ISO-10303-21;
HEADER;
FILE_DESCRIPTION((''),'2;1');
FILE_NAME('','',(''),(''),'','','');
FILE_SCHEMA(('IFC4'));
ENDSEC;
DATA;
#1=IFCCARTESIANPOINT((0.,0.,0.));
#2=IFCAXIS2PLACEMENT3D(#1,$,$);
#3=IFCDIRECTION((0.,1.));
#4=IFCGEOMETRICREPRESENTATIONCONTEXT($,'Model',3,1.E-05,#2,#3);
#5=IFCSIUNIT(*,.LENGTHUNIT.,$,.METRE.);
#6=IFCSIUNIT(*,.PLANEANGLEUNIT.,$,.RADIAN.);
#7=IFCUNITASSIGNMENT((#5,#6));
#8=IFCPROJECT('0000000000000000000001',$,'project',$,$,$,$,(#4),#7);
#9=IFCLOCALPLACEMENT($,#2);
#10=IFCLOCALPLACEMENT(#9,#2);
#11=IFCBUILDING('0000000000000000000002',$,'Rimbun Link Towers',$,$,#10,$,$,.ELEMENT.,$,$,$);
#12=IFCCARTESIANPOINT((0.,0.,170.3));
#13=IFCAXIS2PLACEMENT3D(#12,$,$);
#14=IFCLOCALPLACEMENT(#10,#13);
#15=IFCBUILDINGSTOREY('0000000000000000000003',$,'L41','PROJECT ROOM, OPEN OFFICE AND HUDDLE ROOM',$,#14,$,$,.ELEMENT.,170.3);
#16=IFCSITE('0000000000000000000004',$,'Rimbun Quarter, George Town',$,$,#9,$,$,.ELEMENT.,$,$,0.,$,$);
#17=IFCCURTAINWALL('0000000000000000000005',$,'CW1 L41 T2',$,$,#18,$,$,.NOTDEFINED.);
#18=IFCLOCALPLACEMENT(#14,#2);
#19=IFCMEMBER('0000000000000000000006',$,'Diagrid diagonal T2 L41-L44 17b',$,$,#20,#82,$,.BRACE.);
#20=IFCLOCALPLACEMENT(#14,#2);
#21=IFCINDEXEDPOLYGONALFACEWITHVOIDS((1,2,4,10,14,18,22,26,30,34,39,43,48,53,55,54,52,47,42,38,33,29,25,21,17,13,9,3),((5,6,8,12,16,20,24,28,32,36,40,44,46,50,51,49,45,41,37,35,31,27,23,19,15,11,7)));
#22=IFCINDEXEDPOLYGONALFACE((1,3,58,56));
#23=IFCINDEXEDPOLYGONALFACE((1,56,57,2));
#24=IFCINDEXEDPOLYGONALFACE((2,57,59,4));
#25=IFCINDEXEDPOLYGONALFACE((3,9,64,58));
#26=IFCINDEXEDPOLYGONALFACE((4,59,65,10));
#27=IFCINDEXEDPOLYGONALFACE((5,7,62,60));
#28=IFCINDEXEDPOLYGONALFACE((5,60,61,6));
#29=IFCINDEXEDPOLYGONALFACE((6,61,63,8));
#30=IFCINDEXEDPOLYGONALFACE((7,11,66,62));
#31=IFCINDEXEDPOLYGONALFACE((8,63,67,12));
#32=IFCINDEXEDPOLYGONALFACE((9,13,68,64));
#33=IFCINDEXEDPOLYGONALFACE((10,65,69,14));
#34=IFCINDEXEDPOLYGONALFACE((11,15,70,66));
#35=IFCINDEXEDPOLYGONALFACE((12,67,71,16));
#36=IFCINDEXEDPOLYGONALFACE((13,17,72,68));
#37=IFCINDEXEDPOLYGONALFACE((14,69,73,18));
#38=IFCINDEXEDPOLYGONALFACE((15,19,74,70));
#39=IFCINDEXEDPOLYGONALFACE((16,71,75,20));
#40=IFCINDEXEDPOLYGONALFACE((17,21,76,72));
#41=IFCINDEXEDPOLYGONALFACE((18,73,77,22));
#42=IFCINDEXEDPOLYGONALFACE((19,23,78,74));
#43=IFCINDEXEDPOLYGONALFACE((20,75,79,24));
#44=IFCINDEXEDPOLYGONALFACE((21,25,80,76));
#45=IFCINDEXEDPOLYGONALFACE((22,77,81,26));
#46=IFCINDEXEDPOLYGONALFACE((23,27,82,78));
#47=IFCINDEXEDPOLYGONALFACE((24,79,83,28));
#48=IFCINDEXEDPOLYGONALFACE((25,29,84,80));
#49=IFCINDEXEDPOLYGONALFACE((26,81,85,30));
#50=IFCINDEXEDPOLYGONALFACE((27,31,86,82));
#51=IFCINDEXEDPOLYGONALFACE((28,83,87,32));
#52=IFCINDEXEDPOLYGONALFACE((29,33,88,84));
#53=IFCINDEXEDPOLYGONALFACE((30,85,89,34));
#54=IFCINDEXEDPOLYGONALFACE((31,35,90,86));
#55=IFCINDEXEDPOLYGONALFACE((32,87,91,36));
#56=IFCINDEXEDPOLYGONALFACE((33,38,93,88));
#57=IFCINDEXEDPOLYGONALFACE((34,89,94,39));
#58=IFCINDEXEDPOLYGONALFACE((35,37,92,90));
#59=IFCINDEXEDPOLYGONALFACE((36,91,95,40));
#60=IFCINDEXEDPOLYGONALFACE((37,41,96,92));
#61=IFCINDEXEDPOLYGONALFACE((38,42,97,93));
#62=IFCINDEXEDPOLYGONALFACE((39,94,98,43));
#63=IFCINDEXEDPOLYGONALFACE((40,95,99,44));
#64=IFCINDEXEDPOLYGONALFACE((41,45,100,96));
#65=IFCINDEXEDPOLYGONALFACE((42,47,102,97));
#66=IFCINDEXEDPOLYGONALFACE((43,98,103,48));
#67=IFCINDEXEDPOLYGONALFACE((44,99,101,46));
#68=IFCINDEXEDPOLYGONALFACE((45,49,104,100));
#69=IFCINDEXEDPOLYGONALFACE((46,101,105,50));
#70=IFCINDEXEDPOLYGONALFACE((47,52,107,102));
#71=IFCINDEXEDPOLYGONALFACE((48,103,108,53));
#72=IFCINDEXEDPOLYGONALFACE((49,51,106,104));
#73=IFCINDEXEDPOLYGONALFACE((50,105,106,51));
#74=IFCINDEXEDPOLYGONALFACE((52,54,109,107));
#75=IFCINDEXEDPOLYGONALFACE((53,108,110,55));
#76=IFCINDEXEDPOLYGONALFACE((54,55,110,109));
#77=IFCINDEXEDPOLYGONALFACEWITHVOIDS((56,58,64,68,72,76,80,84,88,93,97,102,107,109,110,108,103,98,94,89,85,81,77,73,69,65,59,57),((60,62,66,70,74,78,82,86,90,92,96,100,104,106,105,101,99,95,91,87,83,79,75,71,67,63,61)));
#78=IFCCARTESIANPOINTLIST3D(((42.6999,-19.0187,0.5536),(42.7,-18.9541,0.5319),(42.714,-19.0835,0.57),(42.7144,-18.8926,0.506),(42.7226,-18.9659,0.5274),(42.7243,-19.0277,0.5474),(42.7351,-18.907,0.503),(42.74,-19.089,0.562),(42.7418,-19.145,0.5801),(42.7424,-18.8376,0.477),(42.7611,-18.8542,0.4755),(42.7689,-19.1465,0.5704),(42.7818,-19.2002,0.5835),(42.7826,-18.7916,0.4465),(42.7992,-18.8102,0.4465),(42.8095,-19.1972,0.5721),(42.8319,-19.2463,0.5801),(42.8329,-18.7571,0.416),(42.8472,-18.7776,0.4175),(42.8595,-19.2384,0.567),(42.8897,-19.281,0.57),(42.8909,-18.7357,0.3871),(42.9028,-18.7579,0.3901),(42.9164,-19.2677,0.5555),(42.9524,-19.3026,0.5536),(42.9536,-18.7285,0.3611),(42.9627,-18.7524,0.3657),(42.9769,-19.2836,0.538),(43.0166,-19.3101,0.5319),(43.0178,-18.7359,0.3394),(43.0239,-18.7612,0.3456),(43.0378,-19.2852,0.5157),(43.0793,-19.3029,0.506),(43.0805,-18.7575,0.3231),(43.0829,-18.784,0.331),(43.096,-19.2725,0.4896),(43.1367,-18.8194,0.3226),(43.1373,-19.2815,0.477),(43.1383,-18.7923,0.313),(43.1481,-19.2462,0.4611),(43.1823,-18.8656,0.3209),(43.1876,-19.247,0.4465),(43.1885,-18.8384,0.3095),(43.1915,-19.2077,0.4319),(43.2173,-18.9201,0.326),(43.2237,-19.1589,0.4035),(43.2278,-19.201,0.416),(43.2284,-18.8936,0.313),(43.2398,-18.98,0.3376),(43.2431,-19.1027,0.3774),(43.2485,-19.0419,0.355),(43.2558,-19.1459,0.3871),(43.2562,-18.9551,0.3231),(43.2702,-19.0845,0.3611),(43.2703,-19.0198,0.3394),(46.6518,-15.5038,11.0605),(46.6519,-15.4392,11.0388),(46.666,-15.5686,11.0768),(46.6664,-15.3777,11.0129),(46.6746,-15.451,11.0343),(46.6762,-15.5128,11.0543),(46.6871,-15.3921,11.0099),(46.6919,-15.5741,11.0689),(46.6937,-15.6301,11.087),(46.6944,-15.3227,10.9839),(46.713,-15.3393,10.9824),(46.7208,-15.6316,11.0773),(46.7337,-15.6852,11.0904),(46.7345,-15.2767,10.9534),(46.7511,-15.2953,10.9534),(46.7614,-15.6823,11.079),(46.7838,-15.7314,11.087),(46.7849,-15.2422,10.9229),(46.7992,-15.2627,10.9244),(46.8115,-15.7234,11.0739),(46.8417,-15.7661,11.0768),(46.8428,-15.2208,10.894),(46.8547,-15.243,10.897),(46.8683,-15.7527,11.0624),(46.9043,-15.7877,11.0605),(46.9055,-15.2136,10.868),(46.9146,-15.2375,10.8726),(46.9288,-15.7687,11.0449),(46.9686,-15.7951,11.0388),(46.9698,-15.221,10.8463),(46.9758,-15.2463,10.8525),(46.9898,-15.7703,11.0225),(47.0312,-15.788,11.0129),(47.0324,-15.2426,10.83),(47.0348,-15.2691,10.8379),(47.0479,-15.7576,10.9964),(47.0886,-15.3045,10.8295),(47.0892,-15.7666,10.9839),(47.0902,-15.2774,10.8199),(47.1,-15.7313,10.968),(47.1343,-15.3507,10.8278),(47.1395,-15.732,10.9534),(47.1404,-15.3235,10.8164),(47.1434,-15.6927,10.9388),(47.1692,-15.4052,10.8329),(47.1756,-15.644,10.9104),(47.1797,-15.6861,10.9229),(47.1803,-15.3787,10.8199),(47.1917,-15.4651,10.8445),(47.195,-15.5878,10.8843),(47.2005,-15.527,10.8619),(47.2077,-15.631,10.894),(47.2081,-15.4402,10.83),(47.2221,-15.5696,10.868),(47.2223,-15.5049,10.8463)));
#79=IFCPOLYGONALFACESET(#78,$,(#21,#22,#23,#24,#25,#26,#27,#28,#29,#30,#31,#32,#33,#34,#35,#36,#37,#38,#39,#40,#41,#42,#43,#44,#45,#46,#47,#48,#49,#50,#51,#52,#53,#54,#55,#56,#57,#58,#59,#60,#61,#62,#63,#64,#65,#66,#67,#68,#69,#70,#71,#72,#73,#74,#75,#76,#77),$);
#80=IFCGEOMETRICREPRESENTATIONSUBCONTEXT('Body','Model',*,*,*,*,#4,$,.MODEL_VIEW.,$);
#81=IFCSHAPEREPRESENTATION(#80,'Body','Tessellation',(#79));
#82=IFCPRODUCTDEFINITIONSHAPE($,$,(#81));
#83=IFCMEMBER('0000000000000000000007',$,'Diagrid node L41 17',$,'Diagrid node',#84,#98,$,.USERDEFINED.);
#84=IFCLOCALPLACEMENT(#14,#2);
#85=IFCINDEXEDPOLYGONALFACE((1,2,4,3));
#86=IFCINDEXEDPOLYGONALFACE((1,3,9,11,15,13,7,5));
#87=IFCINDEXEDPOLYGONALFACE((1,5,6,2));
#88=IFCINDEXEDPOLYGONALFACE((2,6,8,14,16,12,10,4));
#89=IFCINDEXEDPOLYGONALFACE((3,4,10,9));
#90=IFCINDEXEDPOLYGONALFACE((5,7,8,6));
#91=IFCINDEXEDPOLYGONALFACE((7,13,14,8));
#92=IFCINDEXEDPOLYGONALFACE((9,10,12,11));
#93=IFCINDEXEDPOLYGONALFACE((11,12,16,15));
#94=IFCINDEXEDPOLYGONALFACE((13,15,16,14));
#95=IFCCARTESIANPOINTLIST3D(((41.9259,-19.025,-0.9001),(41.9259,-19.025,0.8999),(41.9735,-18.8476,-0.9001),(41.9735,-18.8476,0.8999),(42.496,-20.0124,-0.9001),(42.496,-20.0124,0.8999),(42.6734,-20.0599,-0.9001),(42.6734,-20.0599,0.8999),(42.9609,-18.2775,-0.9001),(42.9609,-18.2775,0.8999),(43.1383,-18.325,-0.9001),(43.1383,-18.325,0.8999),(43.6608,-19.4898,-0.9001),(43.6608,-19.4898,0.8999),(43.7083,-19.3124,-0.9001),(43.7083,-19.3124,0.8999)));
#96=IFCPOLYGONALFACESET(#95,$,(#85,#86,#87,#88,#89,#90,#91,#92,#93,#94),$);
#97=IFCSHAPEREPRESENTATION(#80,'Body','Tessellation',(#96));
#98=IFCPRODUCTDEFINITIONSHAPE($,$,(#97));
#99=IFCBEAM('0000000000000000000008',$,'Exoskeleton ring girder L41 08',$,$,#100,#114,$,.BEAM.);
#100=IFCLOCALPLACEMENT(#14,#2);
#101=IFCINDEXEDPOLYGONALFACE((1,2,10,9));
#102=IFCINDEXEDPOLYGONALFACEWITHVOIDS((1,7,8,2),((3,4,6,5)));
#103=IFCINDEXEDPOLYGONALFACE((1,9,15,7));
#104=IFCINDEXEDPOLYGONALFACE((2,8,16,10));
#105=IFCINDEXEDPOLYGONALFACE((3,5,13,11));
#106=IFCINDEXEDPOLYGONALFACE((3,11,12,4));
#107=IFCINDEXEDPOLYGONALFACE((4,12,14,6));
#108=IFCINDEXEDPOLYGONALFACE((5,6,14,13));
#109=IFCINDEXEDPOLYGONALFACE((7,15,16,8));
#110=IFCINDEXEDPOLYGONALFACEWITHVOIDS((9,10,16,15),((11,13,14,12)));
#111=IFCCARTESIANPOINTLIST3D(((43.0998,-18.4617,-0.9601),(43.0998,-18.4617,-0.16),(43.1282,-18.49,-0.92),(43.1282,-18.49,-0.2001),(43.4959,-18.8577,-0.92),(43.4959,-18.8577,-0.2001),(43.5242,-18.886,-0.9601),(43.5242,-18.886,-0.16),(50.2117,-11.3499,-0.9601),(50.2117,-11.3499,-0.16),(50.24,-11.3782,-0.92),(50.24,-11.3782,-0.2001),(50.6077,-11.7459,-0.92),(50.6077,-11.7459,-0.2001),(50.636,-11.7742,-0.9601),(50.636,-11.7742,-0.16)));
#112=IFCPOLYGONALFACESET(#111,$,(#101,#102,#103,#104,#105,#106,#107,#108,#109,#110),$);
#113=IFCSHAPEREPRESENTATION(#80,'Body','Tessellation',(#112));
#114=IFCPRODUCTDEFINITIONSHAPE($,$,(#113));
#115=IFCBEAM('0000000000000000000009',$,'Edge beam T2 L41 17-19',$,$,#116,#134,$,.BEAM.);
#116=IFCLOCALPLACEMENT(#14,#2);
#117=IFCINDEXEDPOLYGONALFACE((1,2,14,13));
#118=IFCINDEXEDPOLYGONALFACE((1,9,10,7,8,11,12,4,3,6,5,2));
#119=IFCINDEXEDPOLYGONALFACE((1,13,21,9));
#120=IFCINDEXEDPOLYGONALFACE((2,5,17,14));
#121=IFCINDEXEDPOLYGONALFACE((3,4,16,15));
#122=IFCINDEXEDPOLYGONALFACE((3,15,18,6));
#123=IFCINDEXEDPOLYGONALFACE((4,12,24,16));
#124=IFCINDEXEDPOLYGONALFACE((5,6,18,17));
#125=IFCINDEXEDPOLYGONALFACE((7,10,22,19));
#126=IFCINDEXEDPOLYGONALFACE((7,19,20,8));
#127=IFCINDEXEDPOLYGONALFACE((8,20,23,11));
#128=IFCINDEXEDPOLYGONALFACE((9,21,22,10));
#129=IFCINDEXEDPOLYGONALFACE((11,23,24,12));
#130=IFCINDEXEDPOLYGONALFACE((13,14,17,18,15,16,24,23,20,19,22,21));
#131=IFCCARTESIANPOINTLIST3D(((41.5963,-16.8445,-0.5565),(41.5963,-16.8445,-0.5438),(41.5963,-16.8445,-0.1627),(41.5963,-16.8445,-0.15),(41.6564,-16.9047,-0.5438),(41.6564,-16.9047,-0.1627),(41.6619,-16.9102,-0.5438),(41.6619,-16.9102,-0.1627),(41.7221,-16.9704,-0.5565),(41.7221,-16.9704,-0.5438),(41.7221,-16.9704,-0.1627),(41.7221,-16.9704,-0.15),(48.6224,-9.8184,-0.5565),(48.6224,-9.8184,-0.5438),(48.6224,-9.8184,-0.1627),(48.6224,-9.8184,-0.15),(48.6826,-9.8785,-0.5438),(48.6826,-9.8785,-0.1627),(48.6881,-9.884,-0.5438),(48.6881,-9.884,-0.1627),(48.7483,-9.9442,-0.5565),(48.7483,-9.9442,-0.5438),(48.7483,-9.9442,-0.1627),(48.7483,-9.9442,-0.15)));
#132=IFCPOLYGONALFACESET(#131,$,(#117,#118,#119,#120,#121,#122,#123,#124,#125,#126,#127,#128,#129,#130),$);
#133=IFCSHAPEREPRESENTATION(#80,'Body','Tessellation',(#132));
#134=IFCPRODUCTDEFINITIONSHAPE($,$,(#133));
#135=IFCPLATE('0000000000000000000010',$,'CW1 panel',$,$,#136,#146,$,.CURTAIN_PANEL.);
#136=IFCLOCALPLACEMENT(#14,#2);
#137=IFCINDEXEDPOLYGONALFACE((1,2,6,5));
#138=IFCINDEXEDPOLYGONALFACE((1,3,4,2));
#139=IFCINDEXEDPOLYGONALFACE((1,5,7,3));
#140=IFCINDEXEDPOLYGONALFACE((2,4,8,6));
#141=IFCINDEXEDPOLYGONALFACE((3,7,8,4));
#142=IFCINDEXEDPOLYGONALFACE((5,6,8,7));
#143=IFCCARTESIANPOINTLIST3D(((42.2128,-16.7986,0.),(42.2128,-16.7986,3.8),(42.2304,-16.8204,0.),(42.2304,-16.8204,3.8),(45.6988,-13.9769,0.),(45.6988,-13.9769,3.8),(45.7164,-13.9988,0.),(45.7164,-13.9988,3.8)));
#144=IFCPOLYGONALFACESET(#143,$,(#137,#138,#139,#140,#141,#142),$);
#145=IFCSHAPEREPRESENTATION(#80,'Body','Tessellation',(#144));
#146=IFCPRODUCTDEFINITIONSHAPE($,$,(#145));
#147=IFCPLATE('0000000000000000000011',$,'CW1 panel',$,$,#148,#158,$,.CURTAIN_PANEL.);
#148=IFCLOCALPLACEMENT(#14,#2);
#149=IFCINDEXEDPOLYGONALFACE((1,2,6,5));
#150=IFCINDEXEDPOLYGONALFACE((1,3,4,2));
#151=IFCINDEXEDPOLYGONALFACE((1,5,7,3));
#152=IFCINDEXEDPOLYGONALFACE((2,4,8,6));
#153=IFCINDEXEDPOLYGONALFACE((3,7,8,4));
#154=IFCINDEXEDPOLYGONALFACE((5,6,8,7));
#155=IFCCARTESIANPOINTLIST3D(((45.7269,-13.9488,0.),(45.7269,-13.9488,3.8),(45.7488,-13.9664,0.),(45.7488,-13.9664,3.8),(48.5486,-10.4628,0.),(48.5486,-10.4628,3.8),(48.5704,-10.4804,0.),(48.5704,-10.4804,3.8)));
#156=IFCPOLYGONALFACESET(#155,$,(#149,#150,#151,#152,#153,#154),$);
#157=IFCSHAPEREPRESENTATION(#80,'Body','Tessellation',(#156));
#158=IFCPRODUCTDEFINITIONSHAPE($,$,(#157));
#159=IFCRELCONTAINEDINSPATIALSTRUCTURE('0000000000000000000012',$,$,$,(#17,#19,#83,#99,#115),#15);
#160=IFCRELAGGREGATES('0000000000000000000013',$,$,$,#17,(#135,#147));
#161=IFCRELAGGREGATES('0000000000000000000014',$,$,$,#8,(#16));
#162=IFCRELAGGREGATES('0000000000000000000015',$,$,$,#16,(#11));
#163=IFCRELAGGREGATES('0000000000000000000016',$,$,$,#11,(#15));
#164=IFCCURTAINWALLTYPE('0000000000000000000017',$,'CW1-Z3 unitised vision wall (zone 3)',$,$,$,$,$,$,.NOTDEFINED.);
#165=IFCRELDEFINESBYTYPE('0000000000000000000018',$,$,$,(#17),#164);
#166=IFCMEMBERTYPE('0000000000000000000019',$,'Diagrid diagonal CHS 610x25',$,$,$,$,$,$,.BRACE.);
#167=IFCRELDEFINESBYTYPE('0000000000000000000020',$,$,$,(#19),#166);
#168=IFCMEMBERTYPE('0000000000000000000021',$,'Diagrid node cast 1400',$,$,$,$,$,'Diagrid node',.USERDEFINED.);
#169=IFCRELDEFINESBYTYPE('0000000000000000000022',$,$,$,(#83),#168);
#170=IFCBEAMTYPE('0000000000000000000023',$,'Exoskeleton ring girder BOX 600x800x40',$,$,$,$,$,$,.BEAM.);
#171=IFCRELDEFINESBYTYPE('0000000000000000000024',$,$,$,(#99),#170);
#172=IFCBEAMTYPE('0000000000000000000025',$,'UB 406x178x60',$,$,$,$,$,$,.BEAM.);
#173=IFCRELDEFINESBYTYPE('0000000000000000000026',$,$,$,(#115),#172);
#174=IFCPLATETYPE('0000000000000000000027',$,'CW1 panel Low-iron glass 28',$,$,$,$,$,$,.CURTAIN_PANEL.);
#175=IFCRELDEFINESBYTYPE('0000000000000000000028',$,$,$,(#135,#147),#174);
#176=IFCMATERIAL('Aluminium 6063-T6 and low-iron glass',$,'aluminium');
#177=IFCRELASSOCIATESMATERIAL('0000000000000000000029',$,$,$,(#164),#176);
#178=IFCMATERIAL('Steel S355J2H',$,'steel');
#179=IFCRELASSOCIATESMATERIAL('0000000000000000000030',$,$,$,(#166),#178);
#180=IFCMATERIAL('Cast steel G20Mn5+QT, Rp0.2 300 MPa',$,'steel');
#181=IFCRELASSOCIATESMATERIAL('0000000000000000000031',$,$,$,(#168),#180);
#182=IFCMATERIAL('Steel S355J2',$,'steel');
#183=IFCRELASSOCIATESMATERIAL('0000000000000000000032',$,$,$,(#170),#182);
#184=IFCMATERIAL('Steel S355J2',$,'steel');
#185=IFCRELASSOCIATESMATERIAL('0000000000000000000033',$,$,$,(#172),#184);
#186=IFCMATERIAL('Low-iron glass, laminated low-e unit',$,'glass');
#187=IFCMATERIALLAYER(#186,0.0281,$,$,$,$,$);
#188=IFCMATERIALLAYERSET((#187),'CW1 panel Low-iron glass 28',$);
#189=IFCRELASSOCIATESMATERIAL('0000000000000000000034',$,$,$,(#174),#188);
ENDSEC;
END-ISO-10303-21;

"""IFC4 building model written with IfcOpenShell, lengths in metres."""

from ifc_helpers import new_model, si_unit, direction, frame, origin, origin_2d, place, context, subcontext, project, spatial, polyline, rectangle, hollow_rectangle, hollow_circle, i_section, outline, extrude, material, layer, layer_set, material_profile, profile_set, type_object, element, aggregate, save


model = new_model("IFC4")

# Units and contexts
model_context = context("Model", 3, precision=1e-05, world=origin(), true_north=direction((0.0, 1.0)))
body_context = subcontext(model_context, "Body", "Model", "MODEL_VIEW")
ifc_project = project(units=[si_unit("LENGTHUNIT", "METRE"), si_unit("PLANEANGLEUNIT", "RADIAN")], contexts=[model_context])

# Site, building, storey
site_placement = place(None, origin())
site = spatial("IfcSite", under=ifc_project, at=site_placement, Name="Rimbun Quarter, George Town", CompositionType="ELEMENT", RefElevation=0.0)
building_placement = place(site_placement, origin())
building = spatial("IfcBuilding", under=site, at=building_placement, Name="Rimbun Link Towers", CompositionType="ELEMENT")
storey_placement = place(building_placement, frame((0.0, 0.0, 170.3)))
storey = spatial("IfcBuildingStorey", under=building, at=storey_placement, Name="L41", Description="PROJECT ROOM, OPEN OFFICE AND HUDDLE ROOM", CompositionType="ELEMENT", Elevation=170.3)

# Curtain wall
ifc_material_1 = material(Name="Aluminium 6063-T6 and low-iron glass", Category="aluminium")
curtain_wall_type = type_object("IfcCurtainWallType", Name="CW1-Z3 unitised vision wall (zone 3)", PredefinedType="NOTDEFINED", material=ifc_material_1)
curtain_wall_placement = place(storey_placement, origin())
curtain_wall = element("IfcCurtainWall", 1, at=curtain_wall_placement, inside=storey, type_object=curtain_wall_type, Name="CW1 L41 T2", PredefinedType="NOTDEFINED")

# Members
ifc_material_2 = material(Name="Steel S355J2H", Category="steel")
ifc_material_profile_1 = material_profile(ifc_material_2, hollow_circle(Radius=0.3047, WallThickness=0.0249, at=origin_2d()), Name="Diagrid diagonal CHS 610x25")
ifc_profile_set_1 = profile_set([ifc_material_profile_1], Name="Steel S355J2H")
member_type_1 = type_object("IfcMemberType", Name="Diagrid diagonal CHS 610x25", PredefinedType="BRACE", material=ifc_profile_set_1)
member_1_placement = place(storey_placement, frame((42.9851, -19.0193, 0.4465), z_axis=(0.335964, 0.298812, 0.893219), x_axis=(-0.664584, 0.747213, 0.0)))
element("IfcMember", 2, at=member_1_placement, inside=storey, type_object=member_type_1, Name="Diagrid diagonal T2 L41-L44 17b", PredefinedType="BRACE", context=body_context, shape_type="SweptSolid", body=[
    extrude(hollow_circle(Radius=0.3047, WallThickness=0.0249, at=origin_2d()), origin(), (0.0, 0.0, 1.0), 11.7629),
])
ifc_material_3 = material(Name="Cast steel G20Mn5+QT, Rp0.2 300 MPa", Category="steel")
ifc_material_profile_2 = material_profile(ifc_material_3, outline(polyline([(0.7, -0.5701), (0.7, 0.5701), (0.5701, 0.7), (-0.5701, 0.7), (-0.7, 0.5701), (-0.7, -0.5701), (-0.5701, -0.7), (0.5701, -0.7), (0.7, -0.5701)])), Name="NODE 1400x1400")
ifc_profile_set_2 = profile_set([ifc_material_profile_2], Name="Cast steel G20Mn5+QT, Rp0.2 300 MPa")
member_type_2 = type_object("IfcMemberType", Name="Diagrid node cast 1400", ElementType="Diagrid node", PredefinedType="USERDEFINED", material=ifc_profile_set_2)
member_2_placement = place(storey_placement, frame((42.8171, -19.1687, -0.9001), z_axis=(0.0, 0.0, 1.0), x_axis=(0.5, -0.866025, 0.0)))
element("IfcMember", 3, at=member_2_placement, inside=storey, type_object=member_type_2, Name="Diagrid node L41 17", ObjectType="Diagrid node", PredefinedType="USERDEFINED", context=body_context, shape_type="SweptSolid", body=[
    extrude(outline(polyline([(0.7, -0.5701), (0.7, 0.5701), (0.5701, 0.7), (-0.5701, 0.7), (-0.7, 0.5701), (-0.7, -0.5701), (-0.5701, -0.7), (0.5701, -0.7), (0.7, -0.5701)])), origin(), (0.0, 0.0, 1.0), 1.8),
])

# Beams
ifc_material_4 = material(Name="Steel S355J2", Category="steel")
ifc_material_profile_3 = material_profile(ifc_material_4, hollow_rectangle(XDim=0.6001, YDim=0.8, WallThickness=0.04, at=origin_2d()), Name="Exoskeleton ring girder BOX 600x800x40")
ifc_profile_set_3 = profile_set([ifc_material_profile_3], Name="Steel S355J2")
beam_type_1 = type_object("IfcBeamType", Name="Exoskeleton ring girder BOX 600x800x40", PredefinedType="BEAM", material=ifc_profile_set_3)
beam_1_placement = place(storey_placement, frame((43.312, -18.6738, -0.5601), z_axis=(0.707107, 0.707107, 0.0), x_axis=(-0.707107, 0.707107, 0.0)))
element("IfcBeam", 4, at=beam_1_placement, inside=storey, type_object=beam_type_1, Name="Exoskeleton ring girder L41 08", PredefinedType="BEAM", context=body_context, shape_type="SweptSolid", body=[
    extrude(hollow_rectangle(XDim=0.6001, YDim=0.8, WallThickness=0.04, at=origin_2d()), origin(), (0.0, 0.0, 1.0), 10.0576),
])
ifc_material_5 = material(Name="Steel S355J2", Category="steel")
ifc_material_profile_4 = material_profile(ifc_material_5, i_section(OverallWidth=0.178, OverallDepth=0.4065, WebThickness=0.0078, FlangeThickness=0.0127, at=origin_2d()), Name="UB 406x178x60")
ifc_profile_set_4 = profile_set([ifc_material_profile_4], Name="Steel S355J2")
beam_type_2 = type_object("IfcBeamType", Name="UB 406x178x60", PredefinedType="BEAM", material=ifc_profile_set_4)
beam_2_placement = place(storey_placement, frame((41.6592, -16.9075, -0.3533), z_axis=(0.707107, 0.707107, 0.0), x_axis=(-0.707107, 0.707107, 0.0)))
element("IfcBeam", 5, at=beam_2_placement, inside=storey, type_object=beam_type_2, Name="Edge beam T2 L41 17-19", PredefinedType="BEAM", context=body_context, shape_type="SweptSolid", body=[
    extrude(i_section(OverallWidth=0.178, OverallDepth=0.4065, WebThickness=0.0078, FlangeThickness=0.0127, at=origin_2d()), origin(), (0.0, 0.0, 1.0), 9.9365),
])

# Plates
ifc_material_6 = material(Name="Low-iron glass, laminated low-e unit", Category="glass")
ifc_layer_1 = layer(ifc_material_6, 0.0281)
ifc_layer_set_1 = layer_set([ifc_layer_1], Name="CW1 panel Low-iron glass 28")
plate_type = type_object("IfcPlateType", Name="CW1 panel Low-iron glass 28", PredefinedType="CURTAIN_PANEL", material=ifc_layer_set_1)
plate_1_placement = place(storey_placement, frame((43.9646, -15.3987, 0.0), z_axis=(0.0, 0.0, 1.0), x_axis=(-0.777278, -0.629158, 0.0)))
plate_1 = element("IfcPlate", 6, at=plate_1_placement, type_object=plate_type, Name="CW1 panel", PredefinedType="CURTAIN_PANEL", context=body_context, shape_type="SweptSolid", body=[
    extrude(rectangle(XDim=4.4849, YDim=0.0281, at=origin_2d()), origin(), (0.0, 0.0, 1.0), 3.8),
])
plate_2_placement = place(storey_placement, frame((47.1487, -12.2146, 0.0), z_axis=(0.0, 0.0, 1.0), x_axis=(-0.629158, -0.777278, 0.0)))
plate_2 = element("IfcPlate", 7, at=plate_2_placement, type_object=plate_type, Name="CW1 panel", PredefinedType="CURTAIN_PANEL", context=body_context, shape_type="SweptSolid", body=[
    extrude(rectangle(XDim=4.4849, YDim=0.0281, at=origin_2d()), origin(), (0.0, 0.0, 1.0), 3.8),
])
aggregate(curtain_wall, [plate_1, plate_2])

save(model, "model.ifc")
